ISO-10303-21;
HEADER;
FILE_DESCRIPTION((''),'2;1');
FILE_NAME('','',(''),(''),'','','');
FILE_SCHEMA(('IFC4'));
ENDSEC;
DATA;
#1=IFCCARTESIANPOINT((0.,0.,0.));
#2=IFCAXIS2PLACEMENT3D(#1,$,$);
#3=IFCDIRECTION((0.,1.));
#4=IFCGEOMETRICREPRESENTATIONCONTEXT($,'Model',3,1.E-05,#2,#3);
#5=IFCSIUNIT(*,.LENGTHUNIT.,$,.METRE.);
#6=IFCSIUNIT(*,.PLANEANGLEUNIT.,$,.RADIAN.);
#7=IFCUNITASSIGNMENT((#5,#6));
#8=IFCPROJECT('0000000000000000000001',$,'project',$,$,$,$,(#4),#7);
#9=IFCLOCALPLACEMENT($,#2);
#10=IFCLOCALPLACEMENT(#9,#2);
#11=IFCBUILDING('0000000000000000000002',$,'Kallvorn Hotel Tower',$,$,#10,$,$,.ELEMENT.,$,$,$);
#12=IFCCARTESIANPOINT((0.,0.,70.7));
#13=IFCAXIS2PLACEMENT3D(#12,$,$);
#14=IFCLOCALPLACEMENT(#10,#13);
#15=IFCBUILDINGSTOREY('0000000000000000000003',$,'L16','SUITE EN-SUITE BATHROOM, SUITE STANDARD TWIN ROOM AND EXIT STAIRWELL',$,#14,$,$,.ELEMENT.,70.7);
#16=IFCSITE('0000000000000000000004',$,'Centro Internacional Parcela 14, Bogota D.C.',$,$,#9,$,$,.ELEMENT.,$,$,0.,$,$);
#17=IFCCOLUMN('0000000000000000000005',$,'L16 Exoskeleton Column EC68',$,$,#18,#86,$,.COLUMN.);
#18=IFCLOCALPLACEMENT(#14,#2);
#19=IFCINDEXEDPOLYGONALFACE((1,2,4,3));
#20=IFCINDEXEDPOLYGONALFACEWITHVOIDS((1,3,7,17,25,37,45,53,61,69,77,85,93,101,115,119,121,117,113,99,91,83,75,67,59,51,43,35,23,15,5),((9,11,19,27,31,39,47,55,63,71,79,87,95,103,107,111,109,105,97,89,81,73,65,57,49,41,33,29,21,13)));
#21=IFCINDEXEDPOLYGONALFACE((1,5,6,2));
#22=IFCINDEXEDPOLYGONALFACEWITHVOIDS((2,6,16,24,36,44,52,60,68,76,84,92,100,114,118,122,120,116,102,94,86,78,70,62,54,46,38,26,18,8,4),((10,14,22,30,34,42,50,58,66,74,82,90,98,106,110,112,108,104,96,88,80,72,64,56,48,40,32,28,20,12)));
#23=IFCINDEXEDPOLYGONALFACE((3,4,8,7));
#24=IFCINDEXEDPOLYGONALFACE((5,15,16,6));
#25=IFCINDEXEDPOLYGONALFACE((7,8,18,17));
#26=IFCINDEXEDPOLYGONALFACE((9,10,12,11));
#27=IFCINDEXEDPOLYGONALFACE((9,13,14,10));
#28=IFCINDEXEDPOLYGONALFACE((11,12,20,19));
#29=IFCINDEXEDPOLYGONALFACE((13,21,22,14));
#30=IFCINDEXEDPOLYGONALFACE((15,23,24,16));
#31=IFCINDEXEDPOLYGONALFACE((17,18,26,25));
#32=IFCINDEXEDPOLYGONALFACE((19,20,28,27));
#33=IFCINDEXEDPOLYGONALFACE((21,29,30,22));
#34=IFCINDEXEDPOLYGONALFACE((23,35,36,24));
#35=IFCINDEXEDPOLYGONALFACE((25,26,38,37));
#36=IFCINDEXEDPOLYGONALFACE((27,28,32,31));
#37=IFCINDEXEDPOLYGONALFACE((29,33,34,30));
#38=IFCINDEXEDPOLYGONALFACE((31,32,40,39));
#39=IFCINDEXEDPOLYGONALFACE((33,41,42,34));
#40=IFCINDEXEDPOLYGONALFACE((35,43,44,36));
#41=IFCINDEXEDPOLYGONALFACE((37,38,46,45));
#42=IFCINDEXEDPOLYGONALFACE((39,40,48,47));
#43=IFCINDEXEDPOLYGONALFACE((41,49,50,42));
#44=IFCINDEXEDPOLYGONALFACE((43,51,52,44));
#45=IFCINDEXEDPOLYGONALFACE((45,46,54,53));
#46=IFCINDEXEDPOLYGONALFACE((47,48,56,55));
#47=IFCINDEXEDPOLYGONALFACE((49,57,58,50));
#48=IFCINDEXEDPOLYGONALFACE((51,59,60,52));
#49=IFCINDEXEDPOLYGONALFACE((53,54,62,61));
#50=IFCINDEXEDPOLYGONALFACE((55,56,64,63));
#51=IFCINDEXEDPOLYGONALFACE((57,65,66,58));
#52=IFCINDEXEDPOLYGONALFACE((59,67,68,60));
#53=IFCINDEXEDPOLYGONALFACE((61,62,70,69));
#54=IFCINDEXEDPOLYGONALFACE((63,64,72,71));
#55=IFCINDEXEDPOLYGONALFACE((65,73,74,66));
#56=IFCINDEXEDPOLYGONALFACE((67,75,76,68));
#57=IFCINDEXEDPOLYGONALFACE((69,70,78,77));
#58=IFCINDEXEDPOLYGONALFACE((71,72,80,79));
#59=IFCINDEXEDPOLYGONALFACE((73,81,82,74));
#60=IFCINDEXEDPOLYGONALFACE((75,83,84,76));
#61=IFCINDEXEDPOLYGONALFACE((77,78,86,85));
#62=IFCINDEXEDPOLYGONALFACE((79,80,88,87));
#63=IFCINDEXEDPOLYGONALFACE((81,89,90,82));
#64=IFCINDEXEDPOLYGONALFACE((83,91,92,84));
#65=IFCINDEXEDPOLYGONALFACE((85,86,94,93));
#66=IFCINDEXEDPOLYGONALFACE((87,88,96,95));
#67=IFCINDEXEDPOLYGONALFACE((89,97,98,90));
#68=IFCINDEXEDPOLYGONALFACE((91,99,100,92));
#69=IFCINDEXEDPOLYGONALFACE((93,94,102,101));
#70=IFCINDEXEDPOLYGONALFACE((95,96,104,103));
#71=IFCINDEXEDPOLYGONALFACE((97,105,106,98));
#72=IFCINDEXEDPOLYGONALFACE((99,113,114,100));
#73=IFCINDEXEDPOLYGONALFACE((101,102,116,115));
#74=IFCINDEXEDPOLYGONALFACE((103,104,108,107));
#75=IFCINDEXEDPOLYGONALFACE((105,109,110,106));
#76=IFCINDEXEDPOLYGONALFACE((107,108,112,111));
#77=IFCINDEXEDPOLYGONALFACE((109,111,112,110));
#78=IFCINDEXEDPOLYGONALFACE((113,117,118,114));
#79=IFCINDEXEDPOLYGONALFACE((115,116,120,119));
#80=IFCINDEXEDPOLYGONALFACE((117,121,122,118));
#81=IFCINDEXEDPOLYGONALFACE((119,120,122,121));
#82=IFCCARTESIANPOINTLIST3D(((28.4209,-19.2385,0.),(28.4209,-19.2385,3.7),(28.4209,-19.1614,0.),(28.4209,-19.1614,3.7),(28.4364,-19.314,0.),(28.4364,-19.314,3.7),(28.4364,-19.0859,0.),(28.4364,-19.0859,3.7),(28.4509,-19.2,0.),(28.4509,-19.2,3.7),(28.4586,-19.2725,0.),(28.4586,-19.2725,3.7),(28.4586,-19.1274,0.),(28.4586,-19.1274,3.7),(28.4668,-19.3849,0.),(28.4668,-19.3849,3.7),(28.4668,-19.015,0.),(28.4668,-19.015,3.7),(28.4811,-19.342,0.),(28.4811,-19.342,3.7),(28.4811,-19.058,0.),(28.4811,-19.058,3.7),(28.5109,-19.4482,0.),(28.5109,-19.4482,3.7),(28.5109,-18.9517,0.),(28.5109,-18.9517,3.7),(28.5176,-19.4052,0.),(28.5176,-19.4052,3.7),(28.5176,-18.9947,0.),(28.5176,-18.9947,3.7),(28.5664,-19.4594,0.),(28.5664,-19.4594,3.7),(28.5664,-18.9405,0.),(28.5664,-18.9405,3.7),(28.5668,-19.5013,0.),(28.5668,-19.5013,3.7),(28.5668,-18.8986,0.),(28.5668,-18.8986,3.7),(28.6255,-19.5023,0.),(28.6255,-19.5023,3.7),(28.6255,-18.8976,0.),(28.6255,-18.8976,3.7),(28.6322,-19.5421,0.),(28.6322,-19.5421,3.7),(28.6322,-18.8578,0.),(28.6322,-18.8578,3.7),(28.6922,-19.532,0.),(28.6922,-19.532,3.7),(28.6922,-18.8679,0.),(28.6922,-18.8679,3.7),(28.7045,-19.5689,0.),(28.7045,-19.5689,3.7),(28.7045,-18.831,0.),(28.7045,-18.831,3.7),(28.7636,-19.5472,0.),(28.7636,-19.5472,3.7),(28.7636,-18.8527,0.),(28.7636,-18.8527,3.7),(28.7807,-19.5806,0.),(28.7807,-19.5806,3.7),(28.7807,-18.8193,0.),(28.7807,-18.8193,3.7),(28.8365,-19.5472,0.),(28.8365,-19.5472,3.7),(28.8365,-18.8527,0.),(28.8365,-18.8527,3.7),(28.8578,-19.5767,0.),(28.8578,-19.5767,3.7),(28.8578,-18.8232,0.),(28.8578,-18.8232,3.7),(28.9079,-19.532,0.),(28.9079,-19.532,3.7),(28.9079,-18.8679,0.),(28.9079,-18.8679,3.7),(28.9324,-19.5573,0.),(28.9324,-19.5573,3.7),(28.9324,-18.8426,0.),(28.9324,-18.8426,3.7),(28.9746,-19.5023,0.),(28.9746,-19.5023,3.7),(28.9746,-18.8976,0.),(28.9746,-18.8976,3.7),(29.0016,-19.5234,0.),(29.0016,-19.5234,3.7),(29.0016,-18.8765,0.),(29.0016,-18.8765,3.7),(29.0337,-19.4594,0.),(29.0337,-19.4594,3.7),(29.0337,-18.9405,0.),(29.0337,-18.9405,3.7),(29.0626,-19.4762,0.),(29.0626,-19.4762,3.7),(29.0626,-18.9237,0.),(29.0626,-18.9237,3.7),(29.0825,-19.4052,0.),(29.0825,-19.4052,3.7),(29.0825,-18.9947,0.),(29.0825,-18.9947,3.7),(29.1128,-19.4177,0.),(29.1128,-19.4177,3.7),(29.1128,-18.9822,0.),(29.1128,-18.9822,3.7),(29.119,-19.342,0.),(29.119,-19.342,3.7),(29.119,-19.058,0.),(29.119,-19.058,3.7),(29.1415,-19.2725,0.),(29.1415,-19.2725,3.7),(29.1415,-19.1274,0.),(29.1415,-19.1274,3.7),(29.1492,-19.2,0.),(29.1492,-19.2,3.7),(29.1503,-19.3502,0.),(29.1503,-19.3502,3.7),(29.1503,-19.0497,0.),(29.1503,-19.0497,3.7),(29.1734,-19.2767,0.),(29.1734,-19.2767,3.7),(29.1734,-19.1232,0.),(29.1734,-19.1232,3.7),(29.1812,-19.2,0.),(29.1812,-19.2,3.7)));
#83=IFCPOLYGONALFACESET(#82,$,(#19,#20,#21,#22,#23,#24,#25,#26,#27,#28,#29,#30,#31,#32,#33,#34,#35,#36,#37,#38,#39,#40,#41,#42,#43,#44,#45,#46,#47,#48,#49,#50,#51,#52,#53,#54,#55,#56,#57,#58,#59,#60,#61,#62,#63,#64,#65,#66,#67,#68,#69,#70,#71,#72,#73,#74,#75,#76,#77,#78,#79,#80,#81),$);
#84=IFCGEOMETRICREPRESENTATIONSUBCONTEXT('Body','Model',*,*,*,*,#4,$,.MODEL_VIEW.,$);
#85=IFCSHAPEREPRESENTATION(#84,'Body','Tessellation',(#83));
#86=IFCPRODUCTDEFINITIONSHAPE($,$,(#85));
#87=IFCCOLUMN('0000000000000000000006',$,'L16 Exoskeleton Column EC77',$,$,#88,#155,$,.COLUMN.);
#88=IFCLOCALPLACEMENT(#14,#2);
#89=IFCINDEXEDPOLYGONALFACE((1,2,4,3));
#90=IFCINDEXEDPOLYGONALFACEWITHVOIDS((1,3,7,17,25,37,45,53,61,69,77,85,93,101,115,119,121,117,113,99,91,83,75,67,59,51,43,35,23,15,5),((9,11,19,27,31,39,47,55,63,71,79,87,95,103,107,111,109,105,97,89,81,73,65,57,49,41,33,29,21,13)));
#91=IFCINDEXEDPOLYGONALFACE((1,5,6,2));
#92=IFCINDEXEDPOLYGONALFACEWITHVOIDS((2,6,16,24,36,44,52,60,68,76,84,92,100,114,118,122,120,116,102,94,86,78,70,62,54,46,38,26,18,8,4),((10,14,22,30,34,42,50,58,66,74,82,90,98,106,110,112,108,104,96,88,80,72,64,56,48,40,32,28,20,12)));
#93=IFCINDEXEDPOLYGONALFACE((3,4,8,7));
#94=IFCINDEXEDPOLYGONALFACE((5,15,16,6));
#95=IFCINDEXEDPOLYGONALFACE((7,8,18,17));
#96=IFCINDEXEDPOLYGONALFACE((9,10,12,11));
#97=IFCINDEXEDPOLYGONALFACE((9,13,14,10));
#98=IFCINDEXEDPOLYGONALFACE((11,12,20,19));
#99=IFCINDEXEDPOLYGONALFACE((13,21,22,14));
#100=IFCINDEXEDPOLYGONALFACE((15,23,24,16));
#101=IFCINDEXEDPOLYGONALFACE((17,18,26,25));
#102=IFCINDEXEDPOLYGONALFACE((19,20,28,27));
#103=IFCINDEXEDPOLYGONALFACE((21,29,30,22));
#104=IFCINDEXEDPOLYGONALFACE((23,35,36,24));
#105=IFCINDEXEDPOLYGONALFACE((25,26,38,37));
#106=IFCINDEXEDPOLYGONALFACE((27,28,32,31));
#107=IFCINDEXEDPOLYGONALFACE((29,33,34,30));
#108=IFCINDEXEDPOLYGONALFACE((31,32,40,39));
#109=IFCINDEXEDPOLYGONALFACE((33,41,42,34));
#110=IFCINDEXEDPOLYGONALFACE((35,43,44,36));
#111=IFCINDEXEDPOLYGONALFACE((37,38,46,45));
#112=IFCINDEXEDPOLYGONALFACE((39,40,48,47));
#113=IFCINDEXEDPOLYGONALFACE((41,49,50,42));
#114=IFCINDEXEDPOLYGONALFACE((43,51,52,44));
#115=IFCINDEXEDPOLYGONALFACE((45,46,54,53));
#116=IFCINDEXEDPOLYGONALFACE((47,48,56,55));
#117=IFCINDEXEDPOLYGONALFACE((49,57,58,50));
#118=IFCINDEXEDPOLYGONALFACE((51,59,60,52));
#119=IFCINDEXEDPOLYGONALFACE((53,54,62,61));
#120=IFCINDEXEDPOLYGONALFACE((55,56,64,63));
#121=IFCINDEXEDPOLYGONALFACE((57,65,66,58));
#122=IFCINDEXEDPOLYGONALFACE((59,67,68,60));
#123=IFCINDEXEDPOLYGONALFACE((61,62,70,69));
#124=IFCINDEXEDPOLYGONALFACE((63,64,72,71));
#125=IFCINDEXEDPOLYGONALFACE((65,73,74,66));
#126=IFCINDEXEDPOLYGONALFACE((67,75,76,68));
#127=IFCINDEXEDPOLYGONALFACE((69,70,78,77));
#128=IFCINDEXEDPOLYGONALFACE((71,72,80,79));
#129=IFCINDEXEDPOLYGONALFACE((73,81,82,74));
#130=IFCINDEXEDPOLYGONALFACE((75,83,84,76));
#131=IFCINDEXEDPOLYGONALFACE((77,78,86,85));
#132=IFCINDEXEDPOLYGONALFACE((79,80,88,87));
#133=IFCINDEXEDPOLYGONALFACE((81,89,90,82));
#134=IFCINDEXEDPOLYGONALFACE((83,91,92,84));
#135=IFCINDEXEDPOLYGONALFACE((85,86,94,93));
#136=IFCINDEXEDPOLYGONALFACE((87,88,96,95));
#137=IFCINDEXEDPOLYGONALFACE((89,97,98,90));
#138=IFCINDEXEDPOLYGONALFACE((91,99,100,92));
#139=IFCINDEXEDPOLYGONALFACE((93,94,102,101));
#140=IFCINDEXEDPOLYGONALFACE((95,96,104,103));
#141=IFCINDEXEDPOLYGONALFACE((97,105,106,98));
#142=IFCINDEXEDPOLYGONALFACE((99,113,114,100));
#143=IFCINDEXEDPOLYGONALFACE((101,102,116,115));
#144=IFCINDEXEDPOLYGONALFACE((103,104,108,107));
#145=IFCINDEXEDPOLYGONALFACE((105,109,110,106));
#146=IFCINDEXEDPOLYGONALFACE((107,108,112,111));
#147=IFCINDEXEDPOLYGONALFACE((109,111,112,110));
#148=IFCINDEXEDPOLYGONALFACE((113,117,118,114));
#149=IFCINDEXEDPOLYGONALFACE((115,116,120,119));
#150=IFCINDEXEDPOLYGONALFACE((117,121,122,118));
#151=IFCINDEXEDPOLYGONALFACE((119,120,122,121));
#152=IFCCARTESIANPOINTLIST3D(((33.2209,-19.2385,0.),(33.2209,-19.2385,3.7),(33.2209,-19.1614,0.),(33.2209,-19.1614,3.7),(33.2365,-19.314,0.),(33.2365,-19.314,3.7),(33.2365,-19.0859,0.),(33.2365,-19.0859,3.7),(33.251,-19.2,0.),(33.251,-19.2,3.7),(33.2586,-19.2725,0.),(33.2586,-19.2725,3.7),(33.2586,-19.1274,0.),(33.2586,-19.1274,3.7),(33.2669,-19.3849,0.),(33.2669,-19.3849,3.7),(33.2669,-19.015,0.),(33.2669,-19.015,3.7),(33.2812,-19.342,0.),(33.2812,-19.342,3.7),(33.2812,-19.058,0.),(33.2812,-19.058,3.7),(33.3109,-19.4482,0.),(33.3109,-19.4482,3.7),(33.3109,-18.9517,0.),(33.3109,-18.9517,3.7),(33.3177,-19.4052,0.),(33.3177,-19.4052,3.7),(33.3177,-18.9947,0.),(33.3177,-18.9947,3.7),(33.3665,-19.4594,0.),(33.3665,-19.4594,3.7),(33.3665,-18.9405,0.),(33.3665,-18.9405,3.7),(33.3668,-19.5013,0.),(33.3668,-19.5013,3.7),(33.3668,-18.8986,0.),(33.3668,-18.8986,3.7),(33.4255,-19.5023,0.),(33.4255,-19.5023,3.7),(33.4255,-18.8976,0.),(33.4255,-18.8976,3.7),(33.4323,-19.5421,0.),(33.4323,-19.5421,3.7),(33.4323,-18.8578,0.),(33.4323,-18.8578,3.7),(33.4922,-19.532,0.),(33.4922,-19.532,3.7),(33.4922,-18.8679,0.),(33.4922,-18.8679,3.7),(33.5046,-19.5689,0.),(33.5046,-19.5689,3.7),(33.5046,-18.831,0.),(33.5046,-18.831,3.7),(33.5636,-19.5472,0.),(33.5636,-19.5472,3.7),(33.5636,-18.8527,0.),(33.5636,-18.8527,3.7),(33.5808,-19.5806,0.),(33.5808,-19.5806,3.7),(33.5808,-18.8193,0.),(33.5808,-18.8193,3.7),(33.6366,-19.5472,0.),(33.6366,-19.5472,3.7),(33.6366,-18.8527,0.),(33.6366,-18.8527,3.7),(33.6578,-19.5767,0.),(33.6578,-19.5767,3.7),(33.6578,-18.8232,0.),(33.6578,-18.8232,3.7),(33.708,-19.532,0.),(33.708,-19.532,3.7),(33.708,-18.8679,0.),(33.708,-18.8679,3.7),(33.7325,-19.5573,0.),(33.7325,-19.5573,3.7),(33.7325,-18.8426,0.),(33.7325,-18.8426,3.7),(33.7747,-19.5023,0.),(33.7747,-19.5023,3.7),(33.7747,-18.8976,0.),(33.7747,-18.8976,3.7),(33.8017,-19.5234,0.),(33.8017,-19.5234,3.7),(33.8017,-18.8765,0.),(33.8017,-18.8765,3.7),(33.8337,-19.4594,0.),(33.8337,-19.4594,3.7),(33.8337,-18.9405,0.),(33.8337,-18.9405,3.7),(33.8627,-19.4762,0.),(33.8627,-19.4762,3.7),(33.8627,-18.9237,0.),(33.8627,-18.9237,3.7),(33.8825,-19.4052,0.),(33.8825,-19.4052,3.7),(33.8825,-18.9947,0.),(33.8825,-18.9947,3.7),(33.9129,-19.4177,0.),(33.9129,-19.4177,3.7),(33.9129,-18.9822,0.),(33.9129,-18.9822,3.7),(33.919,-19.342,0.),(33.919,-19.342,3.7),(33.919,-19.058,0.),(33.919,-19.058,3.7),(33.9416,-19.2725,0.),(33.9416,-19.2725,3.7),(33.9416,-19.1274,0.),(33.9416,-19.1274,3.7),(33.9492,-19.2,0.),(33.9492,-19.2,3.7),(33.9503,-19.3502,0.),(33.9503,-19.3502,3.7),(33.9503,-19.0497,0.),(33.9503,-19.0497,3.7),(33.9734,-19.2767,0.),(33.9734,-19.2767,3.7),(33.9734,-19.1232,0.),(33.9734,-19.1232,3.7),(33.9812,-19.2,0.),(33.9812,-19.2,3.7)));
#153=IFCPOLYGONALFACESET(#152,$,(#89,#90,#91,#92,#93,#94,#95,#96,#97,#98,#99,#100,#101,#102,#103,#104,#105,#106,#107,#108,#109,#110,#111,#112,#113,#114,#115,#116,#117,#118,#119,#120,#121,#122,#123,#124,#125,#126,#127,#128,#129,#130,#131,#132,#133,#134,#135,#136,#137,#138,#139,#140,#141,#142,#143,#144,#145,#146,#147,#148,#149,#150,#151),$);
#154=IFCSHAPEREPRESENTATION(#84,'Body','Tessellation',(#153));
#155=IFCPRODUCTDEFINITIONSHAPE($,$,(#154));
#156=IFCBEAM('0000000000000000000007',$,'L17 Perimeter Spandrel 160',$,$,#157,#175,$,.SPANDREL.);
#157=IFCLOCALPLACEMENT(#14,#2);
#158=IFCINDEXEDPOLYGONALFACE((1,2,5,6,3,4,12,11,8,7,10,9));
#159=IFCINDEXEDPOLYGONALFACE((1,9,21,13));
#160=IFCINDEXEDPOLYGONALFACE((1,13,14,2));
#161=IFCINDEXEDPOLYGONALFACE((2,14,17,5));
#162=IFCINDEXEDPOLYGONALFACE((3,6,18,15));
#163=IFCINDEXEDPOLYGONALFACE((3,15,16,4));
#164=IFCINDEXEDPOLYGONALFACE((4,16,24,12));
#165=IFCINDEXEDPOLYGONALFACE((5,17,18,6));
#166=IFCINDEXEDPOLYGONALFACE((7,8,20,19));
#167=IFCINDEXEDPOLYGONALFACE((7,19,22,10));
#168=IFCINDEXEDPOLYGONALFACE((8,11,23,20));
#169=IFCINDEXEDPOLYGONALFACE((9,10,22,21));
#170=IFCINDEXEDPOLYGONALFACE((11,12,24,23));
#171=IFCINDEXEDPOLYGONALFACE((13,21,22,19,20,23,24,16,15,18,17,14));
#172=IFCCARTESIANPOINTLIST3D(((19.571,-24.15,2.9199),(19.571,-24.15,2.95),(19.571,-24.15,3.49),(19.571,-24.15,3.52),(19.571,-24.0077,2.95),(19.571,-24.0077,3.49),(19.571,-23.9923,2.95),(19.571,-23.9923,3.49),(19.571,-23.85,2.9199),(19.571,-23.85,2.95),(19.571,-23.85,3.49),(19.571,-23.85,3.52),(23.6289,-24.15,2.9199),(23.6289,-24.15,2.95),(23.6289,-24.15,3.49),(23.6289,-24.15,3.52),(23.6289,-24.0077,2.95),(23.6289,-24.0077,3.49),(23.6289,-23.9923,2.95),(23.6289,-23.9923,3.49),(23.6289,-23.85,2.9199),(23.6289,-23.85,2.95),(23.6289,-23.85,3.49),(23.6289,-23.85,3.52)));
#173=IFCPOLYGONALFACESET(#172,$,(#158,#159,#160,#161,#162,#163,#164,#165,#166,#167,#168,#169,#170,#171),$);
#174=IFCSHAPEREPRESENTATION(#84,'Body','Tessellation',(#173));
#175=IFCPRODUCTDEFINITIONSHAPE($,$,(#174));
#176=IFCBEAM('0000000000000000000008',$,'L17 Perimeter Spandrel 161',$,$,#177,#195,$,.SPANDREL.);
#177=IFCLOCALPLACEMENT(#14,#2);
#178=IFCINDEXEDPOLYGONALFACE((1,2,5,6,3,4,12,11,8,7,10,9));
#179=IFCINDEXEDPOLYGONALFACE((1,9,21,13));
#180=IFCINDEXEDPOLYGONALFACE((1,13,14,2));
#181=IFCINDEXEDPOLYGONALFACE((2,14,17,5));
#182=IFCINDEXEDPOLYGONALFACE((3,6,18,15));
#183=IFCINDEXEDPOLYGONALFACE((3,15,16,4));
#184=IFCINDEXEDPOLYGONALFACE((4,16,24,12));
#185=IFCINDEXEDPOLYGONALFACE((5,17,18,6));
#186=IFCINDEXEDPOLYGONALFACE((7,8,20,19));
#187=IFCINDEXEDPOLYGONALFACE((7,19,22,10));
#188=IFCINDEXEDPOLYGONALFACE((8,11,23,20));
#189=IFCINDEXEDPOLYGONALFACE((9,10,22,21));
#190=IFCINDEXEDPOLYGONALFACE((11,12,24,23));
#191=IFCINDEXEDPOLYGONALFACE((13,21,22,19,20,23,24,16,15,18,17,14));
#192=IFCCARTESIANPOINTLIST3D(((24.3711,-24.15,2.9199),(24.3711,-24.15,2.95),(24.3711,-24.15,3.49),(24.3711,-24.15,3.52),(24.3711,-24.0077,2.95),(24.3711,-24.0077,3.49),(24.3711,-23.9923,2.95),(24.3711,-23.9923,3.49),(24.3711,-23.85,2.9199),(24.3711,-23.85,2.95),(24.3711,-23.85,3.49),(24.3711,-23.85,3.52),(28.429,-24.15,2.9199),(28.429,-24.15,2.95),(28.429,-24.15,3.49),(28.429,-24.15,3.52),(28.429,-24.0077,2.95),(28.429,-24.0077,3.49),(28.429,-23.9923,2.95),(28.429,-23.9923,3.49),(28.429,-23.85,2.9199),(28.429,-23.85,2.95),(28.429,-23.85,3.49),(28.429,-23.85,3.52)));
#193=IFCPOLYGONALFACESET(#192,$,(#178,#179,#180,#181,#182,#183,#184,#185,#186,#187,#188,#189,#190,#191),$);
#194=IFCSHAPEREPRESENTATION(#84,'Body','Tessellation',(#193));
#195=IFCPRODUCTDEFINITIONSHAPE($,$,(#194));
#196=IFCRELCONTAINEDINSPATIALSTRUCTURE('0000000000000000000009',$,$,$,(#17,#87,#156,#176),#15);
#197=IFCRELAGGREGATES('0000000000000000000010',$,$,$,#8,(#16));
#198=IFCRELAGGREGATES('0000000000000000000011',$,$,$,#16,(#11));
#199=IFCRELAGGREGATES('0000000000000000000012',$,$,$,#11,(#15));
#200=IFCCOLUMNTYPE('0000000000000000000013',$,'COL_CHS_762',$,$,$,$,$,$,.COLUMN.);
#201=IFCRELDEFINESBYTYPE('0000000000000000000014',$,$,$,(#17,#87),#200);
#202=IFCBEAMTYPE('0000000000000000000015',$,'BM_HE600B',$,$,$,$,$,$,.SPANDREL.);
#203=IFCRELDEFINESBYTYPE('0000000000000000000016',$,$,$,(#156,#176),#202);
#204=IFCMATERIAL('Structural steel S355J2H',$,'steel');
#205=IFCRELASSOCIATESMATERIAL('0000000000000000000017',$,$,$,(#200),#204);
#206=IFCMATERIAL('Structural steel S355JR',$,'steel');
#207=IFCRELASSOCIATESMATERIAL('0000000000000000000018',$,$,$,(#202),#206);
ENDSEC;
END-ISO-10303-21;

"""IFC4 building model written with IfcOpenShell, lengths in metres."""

from ifc_helpers import new_model, si_unit, direction, frame, origin, origin_2d, place, context, subcontext, project, spatial, hollow_circle, i_section, extrude, material, material_profile, profile_set, type_object, element, save


model = new_model("IFC4")

# Units and contexts
model_context = context("Model", 3, precision=1e-05, world=origin(), true_north=direction((0.0, 1.0)))
body_context = subcontext(model_context, "Body", "Model", "MODEL_VIEW")
ifc_project = project(units=[si_unit("LENGTHUNIT", "METRE"), si_unit("PLANEANGLEUNIT", "RADIAN")], contexts=[model_context])

# Site, building, storey
site_placement = place(None, origin())
site = spatial("IfcSite", under=ifc_project, at=site_placement, Name="Centro Internacional Parcela 14, Bogota D.C.", CompositionType="ELEMENT", RefElevation=0.0)
building_placement = place(site_placement, origin())
building = spatial("IfcBuilding", under=site, at=building_placement, Name="Kallvorn Hotel Tower", CompositionType="ELEMENT")
storey_placement = place(building_placement, frame((0.0, 0.0, 70.7)))
storey = spatial("IfcBuildingStorey", under=building, at=storey_placement, Name="L16", Description="SUITE EN-SUITE BATHROOM, SUITE STANDARD TWIN ROOM AND EXIT STAIRWELL", CompositionType="ELEMENT", Elevation=70.7)

# Columns
ifc_material_1 = material(Name="Structural steel S355J2H", Category="steel")
ifc_material_profile_1 = material_profile(ifc_material_1, hollow_circle(Radius=0.3811, WallThickness=0.032, at=origin_2d()), Name="CHS 762x32")
ifc_profile_set_1 = profile_set([ifc_material_profile_1], Name="Structural steel S355J2H")
column_type = type_object("IfcColumnType", Name="COL_CHS_762", PredefinedType="COLUMN", material=ifc_profile_set_1)
for number, where, z_axis, x_axis, name in (
    (1, (28.8, -19.2, 0.0), (0.0, 0.0, 1.0), (1.0, 0.0, 0.0), "L16 Exoskeleton Column EC68"),
    (2, (33.6001, -19.2, 0.0), (0.0, 0.0, 1.0), (1.0, 0.0, 0.0), "L16 Exoskeleton Column EC77"),
):
    element("IfcColumn", number, at=place(storey_placement, frame(where, z_axis=z_axis, x_axis=x_axis)), inside=storey, type_object=column_type, Name=name, PredefinedType="COLUMN", context=body_context, shape_type="SweptSolid", body=[
        extrude(hollow_circle(Radius=0.3811, WallThickness=0.032, at=origin_2d()), origin(), (0.0, 0.0, 1.0), 3.7),
    ])

# Beams
ifc_material_2 = material(Name="Structural steel S355JR", Category="steel")
ifc_material_profile_2 = material_profile(ifc_material_2, i_section(OverallWidth=0.3, OverallDepth=0.6001, WebThickness=0.0154, FlangeThickness=0.03, at=origin_2d()), Name="HE 600 B")
ifc_profile_set_2 = profile_set([ifc_material_profile_2], Name="Structural steel S355JR")
beam_type_1 = type_object("IfcBeamType", Name="BM_HE600B", PredefinedType="SPANDREL", material=ifc_profile_set_2)
for number, where, z_axis, x_axis, name in (
    (3, (19.571, -24.0, 3.22), (1.0, 0.0, 0.0), (0.0, 1.0, 0.0), "L17 Perimeter Spandrel 160"),
    (4, (24.3711, -24.0, 3.22), (1.0, 0.0, 0.0), (0.0, 1.0, 0.0), "L17 Perimeter Spandrel 161"),
):
    element("IfcBeam", number, at=place(storey_placement, frame(where, z_axis=z_axis, x_axis=x_axis)), inside=storey, type_object=beam_type_1, Name=name, PredefinedType="SPANDREL", context=body_context, shape_type="SweptSolid", body=[
        extrude(i_section(OverallWidth=0.3, OverallDepth=0.6001, WebThickness=0.0154, FlangeThickness=0.03, at=origin_2d()), origin(), (0.0, 0.0, 1.0), 4.0579),
    ])

save(model, "model.ifc")
